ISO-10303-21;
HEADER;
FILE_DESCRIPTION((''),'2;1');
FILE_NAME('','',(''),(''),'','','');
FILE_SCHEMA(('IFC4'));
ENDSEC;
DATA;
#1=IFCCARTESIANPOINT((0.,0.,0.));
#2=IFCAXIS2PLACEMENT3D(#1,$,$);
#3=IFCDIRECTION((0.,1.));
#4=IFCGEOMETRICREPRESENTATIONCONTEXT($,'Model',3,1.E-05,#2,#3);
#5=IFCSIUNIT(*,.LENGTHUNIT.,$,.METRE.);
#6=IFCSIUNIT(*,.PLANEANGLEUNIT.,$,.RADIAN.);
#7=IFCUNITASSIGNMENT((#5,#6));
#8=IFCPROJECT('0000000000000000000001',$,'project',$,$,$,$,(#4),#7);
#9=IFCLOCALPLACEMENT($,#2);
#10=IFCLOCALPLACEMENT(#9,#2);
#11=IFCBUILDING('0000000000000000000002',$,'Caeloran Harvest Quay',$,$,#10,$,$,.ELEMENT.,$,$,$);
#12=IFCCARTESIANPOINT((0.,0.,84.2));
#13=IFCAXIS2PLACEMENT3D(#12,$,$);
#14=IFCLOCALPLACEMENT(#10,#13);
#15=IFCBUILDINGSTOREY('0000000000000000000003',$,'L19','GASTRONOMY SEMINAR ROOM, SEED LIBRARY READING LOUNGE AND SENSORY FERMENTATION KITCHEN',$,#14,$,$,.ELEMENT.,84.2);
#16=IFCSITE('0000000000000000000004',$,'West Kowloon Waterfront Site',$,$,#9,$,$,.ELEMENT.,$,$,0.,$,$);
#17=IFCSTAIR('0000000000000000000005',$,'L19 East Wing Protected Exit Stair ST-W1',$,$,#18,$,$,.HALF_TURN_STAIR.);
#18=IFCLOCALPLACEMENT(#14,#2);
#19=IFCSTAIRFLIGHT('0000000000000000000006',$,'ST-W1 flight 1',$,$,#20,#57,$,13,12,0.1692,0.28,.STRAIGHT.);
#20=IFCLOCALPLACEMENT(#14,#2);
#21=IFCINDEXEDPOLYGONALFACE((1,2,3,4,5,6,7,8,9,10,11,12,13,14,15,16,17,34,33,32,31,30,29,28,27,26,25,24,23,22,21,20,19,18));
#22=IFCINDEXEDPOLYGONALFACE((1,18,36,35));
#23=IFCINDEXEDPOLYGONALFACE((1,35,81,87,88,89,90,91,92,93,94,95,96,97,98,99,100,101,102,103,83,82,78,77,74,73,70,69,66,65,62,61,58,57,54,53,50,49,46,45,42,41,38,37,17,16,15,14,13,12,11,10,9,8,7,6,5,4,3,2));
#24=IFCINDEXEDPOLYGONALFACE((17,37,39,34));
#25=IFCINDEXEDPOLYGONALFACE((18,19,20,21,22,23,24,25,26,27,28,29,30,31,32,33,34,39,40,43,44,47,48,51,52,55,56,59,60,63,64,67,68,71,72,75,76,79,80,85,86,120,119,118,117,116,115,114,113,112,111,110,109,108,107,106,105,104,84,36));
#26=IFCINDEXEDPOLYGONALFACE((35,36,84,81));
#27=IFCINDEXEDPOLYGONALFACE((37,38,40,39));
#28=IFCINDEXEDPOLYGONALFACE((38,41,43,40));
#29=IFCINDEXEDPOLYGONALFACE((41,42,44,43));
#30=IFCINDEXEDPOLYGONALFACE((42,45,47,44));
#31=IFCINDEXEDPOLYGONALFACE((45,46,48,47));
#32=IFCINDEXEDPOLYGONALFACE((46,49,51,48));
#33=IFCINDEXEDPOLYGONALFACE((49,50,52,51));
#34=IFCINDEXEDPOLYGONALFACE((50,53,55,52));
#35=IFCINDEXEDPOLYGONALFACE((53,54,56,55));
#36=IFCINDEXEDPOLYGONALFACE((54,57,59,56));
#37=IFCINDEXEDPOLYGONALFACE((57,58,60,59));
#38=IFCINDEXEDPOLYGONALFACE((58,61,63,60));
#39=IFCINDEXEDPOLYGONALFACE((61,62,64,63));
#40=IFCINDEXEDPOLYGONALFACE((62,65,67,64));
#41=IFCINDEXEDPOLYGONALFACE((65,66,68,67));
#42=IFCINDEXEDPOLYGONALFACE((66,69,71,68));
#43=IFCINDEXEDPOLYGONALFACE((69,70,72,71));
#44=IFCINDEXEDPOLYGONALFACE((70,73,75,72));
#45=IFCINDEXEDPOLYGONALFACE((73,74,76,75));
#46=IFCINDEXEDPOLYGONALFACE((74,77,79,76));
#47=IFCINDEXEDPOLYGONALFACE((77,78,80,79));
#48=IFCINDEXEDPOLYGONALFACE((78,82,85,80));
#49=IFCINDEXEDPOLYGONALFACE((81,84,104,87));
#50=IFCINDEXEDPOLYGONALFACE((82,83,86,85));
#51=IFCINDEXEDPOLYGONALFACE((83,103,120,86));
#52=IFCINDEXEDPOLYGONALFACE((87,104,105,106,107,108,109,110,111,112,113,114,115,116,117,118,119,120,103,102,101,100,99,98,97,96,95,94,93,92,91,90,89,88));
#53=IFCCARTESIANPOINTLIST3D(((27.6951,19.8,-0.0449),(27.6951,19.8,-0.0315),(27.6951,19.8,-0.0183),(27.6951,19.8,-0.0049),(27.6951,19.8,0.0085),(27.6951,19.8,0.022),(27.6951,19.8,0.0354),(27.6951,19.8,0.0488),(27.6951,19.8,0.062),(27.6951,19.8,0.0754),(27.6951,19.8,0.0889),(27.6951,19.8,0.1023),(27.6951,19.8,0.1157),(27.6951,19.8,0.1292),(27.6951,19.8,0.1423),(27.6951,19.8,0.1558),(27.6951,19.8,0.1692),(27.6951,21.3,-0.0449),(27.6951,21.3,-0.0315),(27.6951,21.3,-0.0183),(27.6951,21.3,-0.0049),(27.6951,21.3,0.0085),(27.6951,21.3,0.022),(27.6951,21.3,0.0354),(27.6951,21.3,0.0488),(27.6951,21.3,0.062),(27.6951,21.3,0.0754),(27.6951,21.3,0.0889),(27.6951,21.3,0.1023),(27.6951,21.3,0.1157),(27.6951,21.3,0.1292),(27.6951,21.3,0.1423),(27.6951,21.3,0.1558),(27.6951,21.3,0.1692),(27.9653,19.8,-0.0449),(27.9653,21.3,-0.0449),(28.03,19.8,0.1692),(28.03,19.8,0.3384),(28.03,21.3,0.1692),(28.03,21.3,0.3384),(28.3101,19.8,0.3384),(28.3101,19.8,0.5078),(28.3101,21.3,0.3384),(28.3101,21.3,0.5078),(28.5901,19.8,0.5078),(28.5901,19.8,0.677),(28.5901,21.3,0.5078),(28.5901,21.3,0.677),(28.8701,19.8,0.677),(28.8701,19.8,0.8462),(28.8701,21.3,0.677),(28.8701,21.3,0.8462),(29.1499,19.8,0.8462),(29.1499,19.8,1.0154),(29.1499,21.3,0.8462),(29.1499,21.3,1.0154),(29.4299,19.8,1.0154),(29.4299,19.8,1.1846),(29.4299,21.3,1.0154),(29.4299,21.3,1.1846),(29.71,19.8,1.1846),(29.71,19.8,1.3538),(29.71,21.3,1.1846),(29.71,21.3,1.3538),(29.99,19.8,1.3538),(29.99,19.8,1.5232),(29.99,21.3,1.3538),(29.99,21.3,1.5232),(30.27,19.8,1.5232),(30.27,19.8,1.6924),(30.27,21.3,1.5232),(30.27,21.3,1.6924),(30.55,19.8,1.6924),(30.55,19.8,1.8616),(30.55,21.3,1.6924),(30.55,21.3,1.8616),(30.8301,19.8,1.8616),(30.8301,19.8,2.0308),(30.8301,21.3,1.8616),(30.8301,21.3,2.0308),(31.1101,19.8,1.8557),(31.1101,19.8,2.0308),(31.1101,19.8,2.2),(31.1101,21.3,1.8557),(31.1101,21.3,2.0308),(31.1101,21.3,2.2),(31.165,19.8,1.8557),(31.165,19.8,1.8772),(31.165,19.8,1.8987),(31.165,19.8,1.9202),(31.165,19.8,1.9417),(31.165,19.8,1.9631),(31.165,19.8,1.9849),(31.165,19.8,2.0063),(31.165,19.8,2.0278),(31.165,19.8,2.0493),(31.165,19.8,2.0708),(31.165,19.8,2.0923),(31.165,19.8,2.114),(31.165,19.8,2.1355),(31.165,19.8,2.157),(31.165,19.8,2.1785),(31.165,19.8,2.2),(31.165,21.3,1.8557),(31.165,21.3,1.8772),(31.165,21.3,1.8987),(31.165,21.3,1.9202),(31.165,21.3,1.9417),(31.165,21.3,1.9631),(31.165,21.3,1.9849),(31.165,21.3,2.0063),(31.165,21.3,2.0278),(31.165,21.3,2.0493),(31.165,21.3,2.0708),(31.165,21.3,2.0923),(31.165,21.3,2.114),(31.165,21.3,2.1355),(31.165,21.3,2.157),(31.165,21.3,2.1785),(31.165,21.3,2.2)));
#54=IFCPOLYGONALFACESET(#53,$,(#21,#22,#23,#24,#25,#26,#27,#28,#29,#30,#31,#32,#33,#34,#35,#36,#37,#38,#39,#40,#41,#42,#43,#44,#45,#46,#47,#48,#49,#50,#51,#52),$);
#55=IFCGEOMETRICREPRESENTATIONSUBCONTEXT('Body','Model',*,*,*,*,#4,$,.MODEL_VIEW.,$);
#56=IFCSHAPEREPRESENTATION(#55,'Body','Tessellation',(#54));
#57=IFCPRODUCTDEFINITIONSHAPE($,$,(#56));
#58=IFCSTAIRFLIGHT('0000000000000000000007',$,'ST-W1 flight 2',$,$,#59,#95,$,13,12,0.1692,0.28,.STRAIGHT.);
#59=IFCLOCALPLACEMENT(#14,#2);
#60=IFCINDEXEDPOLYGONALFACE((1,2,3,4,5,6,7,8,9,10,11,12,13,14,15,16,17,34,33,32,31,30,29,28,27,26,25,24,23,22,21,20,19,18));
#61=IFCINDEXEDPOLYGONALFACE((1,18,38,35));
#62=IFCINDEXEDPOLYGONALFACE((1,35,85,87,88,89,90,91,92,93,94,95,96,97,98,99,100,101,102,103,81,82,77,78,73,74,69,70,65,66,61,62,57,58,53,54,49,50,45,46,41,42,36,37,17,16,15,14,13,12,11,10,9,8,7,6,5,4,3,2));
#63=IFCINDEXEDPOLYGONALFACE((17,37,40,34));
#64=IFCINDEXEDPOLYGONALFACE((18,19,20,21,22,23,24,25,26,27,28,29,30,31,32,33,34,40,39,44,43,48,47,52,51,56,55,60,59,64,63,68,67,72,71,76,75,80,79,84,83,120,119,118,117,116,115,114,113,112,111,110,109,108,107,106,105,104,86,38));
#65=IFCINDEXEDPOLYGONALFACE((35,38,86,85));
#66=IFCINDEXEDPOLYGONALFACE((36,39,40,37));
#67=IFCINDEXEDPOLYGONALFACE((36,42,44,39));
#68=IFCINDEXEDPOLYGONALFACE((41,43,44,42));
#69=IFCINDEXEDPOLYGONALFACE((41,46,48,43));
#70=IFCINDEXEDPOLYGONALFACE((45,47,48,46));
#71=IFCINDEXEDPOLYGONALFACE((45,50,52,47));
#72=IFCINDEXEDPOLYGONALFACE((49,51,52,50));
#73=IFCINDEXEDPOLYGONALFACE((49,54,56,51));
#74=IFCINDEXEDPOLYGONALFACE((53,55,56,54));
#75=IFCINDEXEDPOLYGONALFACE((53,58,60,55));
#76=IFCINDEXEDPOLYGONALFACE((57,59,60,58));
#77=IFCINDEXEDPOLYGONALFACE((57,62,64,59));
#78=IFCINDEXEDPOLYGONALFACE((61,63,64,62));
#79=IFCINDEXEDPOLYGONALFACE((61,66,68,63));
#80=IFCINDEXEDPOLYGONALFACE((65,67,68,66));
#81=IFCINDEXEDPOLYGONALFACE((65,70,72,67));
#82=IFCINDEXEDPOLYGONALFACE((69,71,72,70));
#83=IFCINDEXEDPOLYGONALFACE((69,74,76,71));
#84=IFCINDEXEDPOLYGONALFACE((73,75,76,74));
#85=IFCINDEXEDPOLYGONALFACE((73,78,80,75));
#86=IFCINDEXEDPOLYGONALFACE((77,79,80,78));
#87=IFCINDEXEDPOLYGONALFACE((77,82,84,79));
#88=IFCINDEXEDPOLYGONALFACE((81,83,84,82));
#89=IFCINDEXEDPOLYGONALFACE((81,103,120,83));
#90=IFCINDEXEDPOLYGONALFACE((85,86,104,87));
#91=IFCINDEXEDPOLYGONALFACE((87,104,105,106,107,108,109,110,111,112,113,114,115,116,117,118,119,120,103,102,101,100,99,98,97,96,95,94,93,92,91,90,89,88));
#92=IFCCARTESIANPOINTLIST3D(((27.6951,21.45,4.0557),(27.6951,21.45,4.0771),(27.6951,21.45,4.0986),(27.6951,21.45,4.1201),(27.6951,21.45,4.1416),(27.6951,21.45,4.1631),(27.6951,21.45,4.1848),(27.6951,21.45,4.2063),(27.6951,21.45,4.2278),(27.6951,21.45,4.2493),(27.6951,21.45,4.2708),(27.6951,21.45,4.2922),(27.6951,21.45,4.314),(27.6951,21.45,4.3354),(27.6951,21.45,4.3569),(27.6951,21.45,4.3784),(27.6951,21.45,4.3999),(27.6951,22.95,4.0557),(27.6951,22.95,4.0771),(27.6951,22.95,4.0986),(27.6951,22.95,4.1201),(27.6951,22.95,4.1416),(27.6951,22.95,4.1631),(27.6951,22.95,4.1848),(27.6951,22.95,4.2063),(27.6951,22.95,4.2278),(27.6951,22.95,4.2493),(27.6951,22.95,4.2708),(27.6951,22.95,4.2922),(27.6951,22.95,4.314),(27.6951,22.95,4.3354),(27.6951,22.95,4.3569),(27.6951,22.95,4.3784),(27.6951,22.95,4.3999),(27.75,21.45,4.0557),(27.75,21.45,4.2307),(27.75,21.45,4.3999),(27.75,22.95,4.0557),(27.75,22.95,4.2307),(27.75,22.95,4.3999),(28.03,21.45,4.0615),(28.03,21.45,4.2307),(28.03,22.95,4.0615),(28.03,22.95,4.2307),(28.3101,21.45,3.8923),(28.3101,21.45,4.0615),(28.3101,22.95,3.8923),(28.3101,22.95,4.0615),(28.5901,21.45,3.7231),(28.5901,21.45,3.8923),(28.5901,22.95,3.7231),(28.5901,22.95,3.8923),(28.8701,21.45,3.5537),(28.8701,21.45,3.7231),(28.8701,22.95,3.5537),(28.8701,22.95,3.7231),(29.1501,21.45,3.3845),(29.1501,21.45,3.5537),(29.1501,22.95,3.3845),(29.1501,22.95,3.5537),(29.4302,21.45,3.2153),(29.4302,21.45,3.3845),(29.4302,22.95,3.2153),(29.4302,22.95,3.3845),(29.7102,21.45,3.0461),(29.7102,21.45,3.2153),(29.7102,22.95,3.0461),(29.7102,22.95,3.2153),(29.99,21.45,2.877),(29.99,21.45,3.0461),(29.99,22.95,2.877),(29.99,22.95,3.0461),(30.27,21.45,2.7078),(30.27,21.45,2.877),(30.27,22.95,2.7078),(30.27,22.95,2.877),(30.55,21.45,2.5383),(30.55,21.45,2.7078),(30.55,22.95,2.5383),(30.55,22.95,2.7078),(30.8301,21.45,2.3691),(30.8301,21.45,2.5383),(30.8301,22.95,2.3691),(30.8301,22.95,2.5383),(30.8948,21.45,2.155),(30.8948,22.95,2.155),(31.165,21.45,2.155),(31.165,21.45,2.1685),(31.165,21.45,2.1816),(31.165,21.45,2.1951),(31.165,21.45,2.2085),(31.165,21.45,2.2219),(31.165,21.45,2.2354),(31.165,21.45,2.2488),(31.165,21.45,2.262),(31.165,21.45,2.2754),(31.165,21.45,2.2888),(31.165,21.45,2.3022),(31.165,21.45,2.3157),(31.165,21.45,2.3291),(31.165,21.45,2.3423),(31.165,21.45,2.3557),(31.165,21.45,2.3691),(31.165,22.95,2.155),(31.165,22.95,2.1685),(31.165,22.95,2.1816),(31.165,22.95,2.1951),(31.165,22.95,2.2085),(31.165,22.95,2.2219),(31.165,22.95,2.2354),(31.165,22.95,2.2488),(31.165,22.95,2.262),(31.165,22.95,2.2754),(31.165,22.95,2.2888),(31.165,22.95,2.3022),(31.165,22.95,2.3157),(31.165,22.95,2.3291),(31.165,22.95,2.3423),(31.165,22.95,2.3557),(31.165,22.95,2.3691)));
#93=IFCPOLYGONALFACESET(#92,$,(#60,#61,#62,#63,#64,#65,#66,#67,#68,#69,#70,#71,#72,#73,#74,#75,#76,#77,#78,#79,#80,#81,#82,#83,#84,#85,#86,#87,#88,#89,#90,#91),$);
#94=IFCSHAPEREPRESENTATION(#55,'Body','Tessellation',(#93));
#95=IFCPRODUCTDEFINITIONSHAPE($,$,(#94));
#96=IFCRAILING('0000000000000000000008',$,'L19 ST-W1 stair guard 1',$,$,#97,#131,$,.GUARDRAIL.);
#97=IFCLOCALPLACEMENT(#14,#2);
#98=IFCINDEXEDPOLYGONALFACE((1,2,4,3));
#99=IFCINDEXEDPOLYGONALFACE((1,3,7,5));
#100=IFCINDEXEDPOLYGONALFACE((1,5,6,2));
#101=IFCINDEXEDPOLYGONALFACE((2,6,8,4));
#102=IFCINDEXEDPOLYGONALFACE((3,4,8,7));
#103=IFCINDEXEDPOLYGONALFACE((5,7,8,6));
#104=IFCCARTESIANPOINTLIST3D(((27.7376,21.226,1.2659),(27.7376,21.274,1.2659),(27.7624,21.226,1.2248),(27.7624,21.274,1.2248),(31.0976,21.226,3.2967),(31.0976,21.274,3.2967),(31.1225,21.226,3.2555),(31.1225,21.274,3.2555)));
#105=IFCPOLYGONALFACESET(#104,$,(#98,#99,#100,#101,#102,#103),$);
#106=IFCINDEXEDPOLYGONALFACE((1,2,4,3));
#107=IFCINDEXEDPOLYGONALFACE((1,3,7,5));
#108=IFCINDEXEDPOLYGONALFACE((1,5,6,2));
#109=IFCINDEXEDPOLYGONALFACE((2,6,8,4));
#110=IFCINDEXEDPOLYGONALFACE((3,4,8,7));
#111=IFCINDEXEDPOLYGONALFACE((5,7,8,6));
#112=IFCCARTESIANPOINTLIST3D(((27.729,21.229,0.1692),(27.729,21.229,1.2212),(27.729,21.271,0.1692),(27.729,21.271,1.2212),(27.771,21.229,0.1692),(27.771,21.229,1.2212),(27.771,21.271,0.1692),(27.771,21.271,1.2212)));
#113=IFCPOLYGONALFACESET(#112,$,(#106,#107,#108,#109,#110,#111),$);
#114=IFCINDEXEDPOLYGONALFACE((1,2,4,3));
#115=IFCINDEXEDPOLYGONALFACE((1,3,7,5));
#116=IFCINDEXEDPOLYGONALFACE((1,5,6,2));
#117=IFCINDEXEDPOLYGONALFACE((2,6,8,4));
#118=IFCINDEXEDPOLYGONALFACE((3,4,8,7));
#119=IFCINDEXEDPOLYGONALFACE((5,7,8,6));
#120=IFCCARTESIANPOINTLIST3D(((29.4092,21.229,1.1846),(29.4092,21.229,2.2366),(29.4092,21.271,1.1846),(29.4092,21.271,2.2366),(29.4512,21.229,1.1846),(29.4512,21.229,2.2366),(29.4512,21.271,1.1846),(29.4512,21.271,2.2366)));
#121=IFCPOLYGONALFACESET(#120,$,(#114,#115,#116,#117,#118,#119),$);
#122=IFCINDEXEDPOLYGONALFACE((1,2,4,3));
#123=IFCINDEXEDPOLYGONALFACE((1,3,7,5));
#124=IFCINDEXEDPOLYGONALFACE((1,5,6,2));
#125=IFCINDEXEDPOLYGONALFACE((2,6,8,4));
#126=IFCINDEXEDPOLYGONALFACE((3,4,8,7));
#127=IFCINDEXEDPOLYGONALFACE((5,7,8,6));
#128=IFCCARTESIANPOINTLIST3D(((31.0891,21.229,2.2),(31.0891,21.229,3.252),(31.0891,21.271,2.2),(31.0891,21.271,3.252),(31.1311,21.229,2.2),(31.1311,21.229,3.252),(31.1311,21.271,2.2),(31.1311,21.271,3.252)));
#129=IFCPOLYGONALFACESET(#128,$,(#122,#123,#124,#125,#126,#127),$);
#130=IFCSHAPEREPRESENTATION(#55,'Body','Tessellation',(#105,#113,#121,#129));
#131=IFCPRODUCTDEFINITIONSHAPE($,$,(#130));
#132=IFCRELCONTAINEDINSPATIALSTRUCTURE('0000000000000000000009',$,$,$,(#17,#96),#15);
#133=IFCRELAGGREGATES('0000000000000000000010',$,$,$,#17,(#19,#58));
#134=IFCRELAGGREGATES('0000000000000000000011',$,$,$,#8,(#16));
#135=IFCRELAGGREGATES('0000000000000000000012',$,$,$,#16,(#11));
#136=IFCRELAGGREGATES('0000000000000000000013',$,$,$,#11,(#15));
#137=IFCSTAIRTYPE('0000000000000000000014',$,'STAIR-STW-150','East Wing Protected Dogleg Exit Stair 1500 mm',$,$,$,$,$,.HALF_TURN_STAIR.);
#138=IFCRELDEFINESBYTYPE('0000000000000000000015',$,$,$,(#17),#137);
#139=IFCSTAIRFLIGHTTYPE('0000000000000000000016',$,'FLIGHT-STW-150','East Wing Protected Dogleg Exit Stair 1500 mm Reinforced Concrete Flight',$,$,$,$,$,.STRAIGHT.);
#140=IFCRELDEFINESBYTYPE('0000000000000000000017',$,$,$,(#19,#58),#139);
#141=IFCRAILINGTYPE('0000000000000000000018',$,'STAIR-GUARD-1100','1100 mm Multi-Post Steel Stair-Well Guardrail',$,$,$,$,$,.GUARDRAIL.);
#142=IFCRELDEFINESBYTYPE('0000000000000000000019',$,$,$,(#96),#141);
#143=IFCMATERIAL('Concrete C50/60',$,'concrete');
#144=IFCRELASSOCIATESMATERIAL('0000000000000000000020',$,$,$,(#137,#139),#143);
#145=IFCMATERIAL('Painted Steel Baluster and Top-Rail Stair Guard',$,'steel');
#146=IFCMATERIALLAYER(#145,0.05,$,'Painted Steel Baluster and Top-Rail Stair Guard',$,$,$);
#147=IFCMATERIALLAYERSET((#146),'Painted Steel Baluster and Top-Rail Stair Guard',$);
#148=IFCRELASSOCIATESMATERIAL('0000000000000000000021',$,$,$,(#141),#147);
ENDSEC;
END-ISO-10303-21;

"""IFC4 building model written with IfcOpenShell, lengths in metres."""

from ifc_helpers import new_model, si_unit, direction, frame, origin, origin_2d, place, context, subcontext, project, spatial, polyline, rectangle, outline, extrude, material, layer, layer_set, type_object, element, aggregate, save


model = new_model("IFC4")

# Units and contexts
model_context = context("Model", 3, precision=1e-05, world=origin(), true_north=direction((0.0, 1.0)))
body_context = subcontext(model_context, "Body", "Model", "MODEL_VIEW")
ifc_project = project(units=[si_unit("LENGTHUNIT", "METRE"), si_unit("PLANEANGLEUNIT", "RADIAN")], contexts=[model_context])

# Site, building, storey
site_placement = place(None, origin())
site = spatial("IfcSite", under=ifc_project, at=site_placement, Name="West Kowloon Waterfront Site", CompositionType="ELEMENT", RefElevation=0.0)
building_placement = place(site_placement, origin())
building = spatial("IfcBuilding", under=site, at=building_placement, Name="Caeloran Harvest Quay", CompositionType="ELEMENT")
storey_placement = place(building_placement, frame((0.0, 0.0, 84.2)))
storey = spatial("IfcBuildingStorey", under=building, at=storey_placement, Name="L19", Description="GASTRONOMY SEMINAR ROOM, SEED LIBRARY READING LOUNGE AND SENSORY FERMENTATION KITCHEN", CompositionType="ELEMENT", Elevation=84.2)

# Stair, stair flights
ifc_material_1 = material(Name="Concrete C50/60", Category="concrete")
stair_type = type_object("IfcStairType", Name="STAIR-STW-150", Description="East Wing Protected Dogleg Exit Stair 1500 mm", PredefinedType="HALF_TURN_STAIR", material=ifc_material_1)
stair_placement = place(storey_placement, origin())
stair = element("IfcStair", 1, at=stair_placement, inside=storey, type_object=stair_type, Name="L19 East Wing Protected Exit Stair ST-W1", PredefinedType="HALF_TURN_STAIR")
stair_flight_type = type_object("IfcStairFlightType", Name="FLIGHT-STW-150", Description="East Wing Protected Dogleg Exit Stair 1500 mm Reinforced Concrete Flight", PredefinedType="STRAIGHT", material=ifc_material_1)
stair_flight_1_placement = place(storey_placement, frame((27.75, 20.55, 0.0), z_axis=(0.0, 0.0, 1.0), x_axis=(1.0, 0.0, 0.0)))
stair_flight_1 = element("IfcStairFlight", 2, at=stair_flight_1_placement, type_object=stair_flight_type, Name="ST-W1 flight 1", NumberOfRisers=13, NumberOfTreads=12, PredefinedType="STRAIGHT", RiserHeight=0.1692, TreadLength=0.28, context=body_context, shape_type="SweptSolid", body=[
    extrude(outline(polyline([(-0.0549, -0.0449), (-0.0549, -0.0315), (-0.0549, -0.0183), (-0.0549, -0.0049), (-0.0549, 0.0085), (-0.0549, 0.022), (-0.0549, 0.0354), (-0.0549, 0.0488), (-0.0549, 0.062), (-0.0549, 0.0754), (-0.0549, 0.0889), (-0.0549, 0.1023), (-0.0549, 0.1157), (-0.0549, 0.1292), (-0.0549, 0.1423), (-0.0549, 0.1558), (-0.0549, 0.1692), (0.28, 0.1692), (0.28, 0.3384), (0.5601, 0.3384), (0.5601, 0.5078), (0.8401, 0.5078), (0.8401, 0.677), (1.1201, 0.677), (1.1201, 0.8462), (1.3999, 0.8462), (1.3999, 1.0154), (1.6799, 1.0154), (1.6799, 1.1846), (1.96, 1.1846), (1.96, 1.3538), (2.24, 1.3538), (2.24, 1.5232), (2.52, 1.5232), (2.52, 1.6924), (2.8, 1.6924), (2.8, 1.8616), (3.0801, 1.8616), (3.0801, 2.0308), (3.3601, 2.0308), (3.3601, 2.2), (3.415, 2.2), (3.415, 2.1785), (3.415, 2.157), (3.415, 2.1355), (3.415, 2.114), (3.415, 2.0923), (3.415, 2.0708), (3.415, 2.0493), (3.415, 2.0278), (3.415, 2.0063), (3.415, 1.9849), (3.415, 1.9631), (3.415, 1.9417), (3.415, 1.9202), (3.415, 1.8987), (3.415, 1.8772), (3.415, 1.8557), (3.3601, 1.8557), (0.2153, -0.0449), (-0.0549, -0.0449)])), frame((0.0, 0.75, 0.0), z_axis=(0.0, -1.0, 0.0), x_axis=(1.0, 0.0, 0.0)), (0.0, 0.0, 1.0), 1.5),
])
stair_flight_2_placement = place(storey_placement, frame((31.1101, 22.2, 2.2), z_axis=(0.0, 0.0, 1.0), x_axis=(-1.0, 0.0, 0.0)))
stair_flight_2 = element("IfcStairFlight", 3, at=stair_flight_2_placement, type_object=stair_flight_type, Name="ST-W1 flight 2", NumberOfRisers=13, NumberOfTreads=12, PredefinedType="STRAIGHT", RiserHeight=0.1692, TreadLength=0.28, context=body_context, shape_type="SweptSolid", body=[
    extrude(outline(polyline([(-0.0549, -0.0449), (-0.0549, -0.0315), (-0.0549, -0.0183), (-0.0549, -0.0049), (-0.0549, 0.0085), (-0.0549, 0.022), (-0.0549, 0.0354), (-0.0549, 0.0488), (-0.0549, 0.062), (-0.0549, 0.0754), (-0.0549, 0.0889), (-0.0549, 0.1023), (-0.0549, 0.1157), (-0.0549, 0.1292), (-0.0549, 0.1423), (-0.0549, 0.1558), (-0.0549, 0.1692), (0.28, 0.1692), (0.28, 0.3384), (0.5601, 0.3384), (0.5601, 0.5078), (0.8401, 0.5078), (0.8401, 0.677), (1.1201, 0.677), (1.1201, 0.8462), (1.3999, 0.8462), (1.3999, 1.0154), (1.6799, 1.0154), (1.6799, 1.1846), (1.96, 1.1846), (1.96, 1.3538), (2.24, 1.3538), (2.24, 1.5232), (2.52, 1.5232), (2.52, 1.6924), (2.8, 1.6924), (2.8, 1.8616), (3.0801, 1.8616), (3.0801, 2.0308), (3.3601, 2.0308), (3.3601, 2.2), (3.415, 2.2), (3.415, 2.1785), (3.415, 2.157), (3.415, 2.1355), (3.415, 2.114), (3.415, 2.0923), (3.415, 2.0708), (3.415, 2.0493), (3.415, 2.0278), (3.415, 2.0063), (3.415, 1.9849), (3.415, 1.9631), (3.415, 1.9417), (3.415, 1.9202), (3.415, 1.8987), (3.415, 1.8772), (3.415, 1.8557), (3.3601, 1.8557), (0.2153, -0.0449), (-0.0549, -0.0449)])), frame((0.0, 0.75, 0.0), z_axis=(0.0, -1.0, 0.0), x_axis=(1.0, 0.0, 0.0)), (0.0, 0.0, 1.0), 1.5),
])
aggregate(stair, [stair_flight_1, stair_flight_2])

# Railing
ifc_material_2 = material(Name="Painted Steel Baluster and Top-Rail Stair Guard", Category="steel")
ifc_layer_1 = layer(ifc_material_2, 0.05, Name="Painted Steel Baluster and Top-Rail Stair Guard")
ifc_layer_set_1 = layer_set([ifc_layer_1], Name="Painted Steel Baluster and Top-Rail Stair Guard")
railing_type_1 = type_object("IfcRailingType", Name="STAIR-GUARD-1100", Description="1100 mm Multi-Post Steel Stair-Well Guardrail", PredefinedType="GUARDRAIL", material=ifc_layer_set_1)
railing_1_placement = place(storey_placement, frame((27.75, 21.25, 0.1692)))
element("IfcRailing", 4, at=railing_1_placement, inside=storey, type_object=railing_type_1, Name="L19 ST-W1 stair guard 1", PredefinedType="GUARDRAIL", context=body_context, shape_type="SweptSolid", body=[
    extrude(rectangle(XDim=0.0481, YDim=0.0481, at=origin_2d()), frame((0.0, 0.0, 1.0762), z_axis=(0.855837, 0.0, 0.517246), x_axis=(0.0, 1.0, 0.0)), (0.0, 0.0, 1.0), 3.926),
    extrude(rectangle(XDim=0.042, YDim=0.042, at=origin_2d()), origin(), (0.0, 0.0, 1.0), 1.052),
    extrude(rectangle(XDim=0.042, YDim=0.042, at=origin_2d()), frame((1.6802, 0.0, 1.0154)), (0.0, 0.0, 1.0), 1.052),
    extrude(rectangle(XDim=0.042, YDim=0.042, at=origin_2d()), frame((3.3601, 0.0, 2.0308)), (0.0, 0.0, 1.0), 1.052),
])

save(model, "model.ifc")
